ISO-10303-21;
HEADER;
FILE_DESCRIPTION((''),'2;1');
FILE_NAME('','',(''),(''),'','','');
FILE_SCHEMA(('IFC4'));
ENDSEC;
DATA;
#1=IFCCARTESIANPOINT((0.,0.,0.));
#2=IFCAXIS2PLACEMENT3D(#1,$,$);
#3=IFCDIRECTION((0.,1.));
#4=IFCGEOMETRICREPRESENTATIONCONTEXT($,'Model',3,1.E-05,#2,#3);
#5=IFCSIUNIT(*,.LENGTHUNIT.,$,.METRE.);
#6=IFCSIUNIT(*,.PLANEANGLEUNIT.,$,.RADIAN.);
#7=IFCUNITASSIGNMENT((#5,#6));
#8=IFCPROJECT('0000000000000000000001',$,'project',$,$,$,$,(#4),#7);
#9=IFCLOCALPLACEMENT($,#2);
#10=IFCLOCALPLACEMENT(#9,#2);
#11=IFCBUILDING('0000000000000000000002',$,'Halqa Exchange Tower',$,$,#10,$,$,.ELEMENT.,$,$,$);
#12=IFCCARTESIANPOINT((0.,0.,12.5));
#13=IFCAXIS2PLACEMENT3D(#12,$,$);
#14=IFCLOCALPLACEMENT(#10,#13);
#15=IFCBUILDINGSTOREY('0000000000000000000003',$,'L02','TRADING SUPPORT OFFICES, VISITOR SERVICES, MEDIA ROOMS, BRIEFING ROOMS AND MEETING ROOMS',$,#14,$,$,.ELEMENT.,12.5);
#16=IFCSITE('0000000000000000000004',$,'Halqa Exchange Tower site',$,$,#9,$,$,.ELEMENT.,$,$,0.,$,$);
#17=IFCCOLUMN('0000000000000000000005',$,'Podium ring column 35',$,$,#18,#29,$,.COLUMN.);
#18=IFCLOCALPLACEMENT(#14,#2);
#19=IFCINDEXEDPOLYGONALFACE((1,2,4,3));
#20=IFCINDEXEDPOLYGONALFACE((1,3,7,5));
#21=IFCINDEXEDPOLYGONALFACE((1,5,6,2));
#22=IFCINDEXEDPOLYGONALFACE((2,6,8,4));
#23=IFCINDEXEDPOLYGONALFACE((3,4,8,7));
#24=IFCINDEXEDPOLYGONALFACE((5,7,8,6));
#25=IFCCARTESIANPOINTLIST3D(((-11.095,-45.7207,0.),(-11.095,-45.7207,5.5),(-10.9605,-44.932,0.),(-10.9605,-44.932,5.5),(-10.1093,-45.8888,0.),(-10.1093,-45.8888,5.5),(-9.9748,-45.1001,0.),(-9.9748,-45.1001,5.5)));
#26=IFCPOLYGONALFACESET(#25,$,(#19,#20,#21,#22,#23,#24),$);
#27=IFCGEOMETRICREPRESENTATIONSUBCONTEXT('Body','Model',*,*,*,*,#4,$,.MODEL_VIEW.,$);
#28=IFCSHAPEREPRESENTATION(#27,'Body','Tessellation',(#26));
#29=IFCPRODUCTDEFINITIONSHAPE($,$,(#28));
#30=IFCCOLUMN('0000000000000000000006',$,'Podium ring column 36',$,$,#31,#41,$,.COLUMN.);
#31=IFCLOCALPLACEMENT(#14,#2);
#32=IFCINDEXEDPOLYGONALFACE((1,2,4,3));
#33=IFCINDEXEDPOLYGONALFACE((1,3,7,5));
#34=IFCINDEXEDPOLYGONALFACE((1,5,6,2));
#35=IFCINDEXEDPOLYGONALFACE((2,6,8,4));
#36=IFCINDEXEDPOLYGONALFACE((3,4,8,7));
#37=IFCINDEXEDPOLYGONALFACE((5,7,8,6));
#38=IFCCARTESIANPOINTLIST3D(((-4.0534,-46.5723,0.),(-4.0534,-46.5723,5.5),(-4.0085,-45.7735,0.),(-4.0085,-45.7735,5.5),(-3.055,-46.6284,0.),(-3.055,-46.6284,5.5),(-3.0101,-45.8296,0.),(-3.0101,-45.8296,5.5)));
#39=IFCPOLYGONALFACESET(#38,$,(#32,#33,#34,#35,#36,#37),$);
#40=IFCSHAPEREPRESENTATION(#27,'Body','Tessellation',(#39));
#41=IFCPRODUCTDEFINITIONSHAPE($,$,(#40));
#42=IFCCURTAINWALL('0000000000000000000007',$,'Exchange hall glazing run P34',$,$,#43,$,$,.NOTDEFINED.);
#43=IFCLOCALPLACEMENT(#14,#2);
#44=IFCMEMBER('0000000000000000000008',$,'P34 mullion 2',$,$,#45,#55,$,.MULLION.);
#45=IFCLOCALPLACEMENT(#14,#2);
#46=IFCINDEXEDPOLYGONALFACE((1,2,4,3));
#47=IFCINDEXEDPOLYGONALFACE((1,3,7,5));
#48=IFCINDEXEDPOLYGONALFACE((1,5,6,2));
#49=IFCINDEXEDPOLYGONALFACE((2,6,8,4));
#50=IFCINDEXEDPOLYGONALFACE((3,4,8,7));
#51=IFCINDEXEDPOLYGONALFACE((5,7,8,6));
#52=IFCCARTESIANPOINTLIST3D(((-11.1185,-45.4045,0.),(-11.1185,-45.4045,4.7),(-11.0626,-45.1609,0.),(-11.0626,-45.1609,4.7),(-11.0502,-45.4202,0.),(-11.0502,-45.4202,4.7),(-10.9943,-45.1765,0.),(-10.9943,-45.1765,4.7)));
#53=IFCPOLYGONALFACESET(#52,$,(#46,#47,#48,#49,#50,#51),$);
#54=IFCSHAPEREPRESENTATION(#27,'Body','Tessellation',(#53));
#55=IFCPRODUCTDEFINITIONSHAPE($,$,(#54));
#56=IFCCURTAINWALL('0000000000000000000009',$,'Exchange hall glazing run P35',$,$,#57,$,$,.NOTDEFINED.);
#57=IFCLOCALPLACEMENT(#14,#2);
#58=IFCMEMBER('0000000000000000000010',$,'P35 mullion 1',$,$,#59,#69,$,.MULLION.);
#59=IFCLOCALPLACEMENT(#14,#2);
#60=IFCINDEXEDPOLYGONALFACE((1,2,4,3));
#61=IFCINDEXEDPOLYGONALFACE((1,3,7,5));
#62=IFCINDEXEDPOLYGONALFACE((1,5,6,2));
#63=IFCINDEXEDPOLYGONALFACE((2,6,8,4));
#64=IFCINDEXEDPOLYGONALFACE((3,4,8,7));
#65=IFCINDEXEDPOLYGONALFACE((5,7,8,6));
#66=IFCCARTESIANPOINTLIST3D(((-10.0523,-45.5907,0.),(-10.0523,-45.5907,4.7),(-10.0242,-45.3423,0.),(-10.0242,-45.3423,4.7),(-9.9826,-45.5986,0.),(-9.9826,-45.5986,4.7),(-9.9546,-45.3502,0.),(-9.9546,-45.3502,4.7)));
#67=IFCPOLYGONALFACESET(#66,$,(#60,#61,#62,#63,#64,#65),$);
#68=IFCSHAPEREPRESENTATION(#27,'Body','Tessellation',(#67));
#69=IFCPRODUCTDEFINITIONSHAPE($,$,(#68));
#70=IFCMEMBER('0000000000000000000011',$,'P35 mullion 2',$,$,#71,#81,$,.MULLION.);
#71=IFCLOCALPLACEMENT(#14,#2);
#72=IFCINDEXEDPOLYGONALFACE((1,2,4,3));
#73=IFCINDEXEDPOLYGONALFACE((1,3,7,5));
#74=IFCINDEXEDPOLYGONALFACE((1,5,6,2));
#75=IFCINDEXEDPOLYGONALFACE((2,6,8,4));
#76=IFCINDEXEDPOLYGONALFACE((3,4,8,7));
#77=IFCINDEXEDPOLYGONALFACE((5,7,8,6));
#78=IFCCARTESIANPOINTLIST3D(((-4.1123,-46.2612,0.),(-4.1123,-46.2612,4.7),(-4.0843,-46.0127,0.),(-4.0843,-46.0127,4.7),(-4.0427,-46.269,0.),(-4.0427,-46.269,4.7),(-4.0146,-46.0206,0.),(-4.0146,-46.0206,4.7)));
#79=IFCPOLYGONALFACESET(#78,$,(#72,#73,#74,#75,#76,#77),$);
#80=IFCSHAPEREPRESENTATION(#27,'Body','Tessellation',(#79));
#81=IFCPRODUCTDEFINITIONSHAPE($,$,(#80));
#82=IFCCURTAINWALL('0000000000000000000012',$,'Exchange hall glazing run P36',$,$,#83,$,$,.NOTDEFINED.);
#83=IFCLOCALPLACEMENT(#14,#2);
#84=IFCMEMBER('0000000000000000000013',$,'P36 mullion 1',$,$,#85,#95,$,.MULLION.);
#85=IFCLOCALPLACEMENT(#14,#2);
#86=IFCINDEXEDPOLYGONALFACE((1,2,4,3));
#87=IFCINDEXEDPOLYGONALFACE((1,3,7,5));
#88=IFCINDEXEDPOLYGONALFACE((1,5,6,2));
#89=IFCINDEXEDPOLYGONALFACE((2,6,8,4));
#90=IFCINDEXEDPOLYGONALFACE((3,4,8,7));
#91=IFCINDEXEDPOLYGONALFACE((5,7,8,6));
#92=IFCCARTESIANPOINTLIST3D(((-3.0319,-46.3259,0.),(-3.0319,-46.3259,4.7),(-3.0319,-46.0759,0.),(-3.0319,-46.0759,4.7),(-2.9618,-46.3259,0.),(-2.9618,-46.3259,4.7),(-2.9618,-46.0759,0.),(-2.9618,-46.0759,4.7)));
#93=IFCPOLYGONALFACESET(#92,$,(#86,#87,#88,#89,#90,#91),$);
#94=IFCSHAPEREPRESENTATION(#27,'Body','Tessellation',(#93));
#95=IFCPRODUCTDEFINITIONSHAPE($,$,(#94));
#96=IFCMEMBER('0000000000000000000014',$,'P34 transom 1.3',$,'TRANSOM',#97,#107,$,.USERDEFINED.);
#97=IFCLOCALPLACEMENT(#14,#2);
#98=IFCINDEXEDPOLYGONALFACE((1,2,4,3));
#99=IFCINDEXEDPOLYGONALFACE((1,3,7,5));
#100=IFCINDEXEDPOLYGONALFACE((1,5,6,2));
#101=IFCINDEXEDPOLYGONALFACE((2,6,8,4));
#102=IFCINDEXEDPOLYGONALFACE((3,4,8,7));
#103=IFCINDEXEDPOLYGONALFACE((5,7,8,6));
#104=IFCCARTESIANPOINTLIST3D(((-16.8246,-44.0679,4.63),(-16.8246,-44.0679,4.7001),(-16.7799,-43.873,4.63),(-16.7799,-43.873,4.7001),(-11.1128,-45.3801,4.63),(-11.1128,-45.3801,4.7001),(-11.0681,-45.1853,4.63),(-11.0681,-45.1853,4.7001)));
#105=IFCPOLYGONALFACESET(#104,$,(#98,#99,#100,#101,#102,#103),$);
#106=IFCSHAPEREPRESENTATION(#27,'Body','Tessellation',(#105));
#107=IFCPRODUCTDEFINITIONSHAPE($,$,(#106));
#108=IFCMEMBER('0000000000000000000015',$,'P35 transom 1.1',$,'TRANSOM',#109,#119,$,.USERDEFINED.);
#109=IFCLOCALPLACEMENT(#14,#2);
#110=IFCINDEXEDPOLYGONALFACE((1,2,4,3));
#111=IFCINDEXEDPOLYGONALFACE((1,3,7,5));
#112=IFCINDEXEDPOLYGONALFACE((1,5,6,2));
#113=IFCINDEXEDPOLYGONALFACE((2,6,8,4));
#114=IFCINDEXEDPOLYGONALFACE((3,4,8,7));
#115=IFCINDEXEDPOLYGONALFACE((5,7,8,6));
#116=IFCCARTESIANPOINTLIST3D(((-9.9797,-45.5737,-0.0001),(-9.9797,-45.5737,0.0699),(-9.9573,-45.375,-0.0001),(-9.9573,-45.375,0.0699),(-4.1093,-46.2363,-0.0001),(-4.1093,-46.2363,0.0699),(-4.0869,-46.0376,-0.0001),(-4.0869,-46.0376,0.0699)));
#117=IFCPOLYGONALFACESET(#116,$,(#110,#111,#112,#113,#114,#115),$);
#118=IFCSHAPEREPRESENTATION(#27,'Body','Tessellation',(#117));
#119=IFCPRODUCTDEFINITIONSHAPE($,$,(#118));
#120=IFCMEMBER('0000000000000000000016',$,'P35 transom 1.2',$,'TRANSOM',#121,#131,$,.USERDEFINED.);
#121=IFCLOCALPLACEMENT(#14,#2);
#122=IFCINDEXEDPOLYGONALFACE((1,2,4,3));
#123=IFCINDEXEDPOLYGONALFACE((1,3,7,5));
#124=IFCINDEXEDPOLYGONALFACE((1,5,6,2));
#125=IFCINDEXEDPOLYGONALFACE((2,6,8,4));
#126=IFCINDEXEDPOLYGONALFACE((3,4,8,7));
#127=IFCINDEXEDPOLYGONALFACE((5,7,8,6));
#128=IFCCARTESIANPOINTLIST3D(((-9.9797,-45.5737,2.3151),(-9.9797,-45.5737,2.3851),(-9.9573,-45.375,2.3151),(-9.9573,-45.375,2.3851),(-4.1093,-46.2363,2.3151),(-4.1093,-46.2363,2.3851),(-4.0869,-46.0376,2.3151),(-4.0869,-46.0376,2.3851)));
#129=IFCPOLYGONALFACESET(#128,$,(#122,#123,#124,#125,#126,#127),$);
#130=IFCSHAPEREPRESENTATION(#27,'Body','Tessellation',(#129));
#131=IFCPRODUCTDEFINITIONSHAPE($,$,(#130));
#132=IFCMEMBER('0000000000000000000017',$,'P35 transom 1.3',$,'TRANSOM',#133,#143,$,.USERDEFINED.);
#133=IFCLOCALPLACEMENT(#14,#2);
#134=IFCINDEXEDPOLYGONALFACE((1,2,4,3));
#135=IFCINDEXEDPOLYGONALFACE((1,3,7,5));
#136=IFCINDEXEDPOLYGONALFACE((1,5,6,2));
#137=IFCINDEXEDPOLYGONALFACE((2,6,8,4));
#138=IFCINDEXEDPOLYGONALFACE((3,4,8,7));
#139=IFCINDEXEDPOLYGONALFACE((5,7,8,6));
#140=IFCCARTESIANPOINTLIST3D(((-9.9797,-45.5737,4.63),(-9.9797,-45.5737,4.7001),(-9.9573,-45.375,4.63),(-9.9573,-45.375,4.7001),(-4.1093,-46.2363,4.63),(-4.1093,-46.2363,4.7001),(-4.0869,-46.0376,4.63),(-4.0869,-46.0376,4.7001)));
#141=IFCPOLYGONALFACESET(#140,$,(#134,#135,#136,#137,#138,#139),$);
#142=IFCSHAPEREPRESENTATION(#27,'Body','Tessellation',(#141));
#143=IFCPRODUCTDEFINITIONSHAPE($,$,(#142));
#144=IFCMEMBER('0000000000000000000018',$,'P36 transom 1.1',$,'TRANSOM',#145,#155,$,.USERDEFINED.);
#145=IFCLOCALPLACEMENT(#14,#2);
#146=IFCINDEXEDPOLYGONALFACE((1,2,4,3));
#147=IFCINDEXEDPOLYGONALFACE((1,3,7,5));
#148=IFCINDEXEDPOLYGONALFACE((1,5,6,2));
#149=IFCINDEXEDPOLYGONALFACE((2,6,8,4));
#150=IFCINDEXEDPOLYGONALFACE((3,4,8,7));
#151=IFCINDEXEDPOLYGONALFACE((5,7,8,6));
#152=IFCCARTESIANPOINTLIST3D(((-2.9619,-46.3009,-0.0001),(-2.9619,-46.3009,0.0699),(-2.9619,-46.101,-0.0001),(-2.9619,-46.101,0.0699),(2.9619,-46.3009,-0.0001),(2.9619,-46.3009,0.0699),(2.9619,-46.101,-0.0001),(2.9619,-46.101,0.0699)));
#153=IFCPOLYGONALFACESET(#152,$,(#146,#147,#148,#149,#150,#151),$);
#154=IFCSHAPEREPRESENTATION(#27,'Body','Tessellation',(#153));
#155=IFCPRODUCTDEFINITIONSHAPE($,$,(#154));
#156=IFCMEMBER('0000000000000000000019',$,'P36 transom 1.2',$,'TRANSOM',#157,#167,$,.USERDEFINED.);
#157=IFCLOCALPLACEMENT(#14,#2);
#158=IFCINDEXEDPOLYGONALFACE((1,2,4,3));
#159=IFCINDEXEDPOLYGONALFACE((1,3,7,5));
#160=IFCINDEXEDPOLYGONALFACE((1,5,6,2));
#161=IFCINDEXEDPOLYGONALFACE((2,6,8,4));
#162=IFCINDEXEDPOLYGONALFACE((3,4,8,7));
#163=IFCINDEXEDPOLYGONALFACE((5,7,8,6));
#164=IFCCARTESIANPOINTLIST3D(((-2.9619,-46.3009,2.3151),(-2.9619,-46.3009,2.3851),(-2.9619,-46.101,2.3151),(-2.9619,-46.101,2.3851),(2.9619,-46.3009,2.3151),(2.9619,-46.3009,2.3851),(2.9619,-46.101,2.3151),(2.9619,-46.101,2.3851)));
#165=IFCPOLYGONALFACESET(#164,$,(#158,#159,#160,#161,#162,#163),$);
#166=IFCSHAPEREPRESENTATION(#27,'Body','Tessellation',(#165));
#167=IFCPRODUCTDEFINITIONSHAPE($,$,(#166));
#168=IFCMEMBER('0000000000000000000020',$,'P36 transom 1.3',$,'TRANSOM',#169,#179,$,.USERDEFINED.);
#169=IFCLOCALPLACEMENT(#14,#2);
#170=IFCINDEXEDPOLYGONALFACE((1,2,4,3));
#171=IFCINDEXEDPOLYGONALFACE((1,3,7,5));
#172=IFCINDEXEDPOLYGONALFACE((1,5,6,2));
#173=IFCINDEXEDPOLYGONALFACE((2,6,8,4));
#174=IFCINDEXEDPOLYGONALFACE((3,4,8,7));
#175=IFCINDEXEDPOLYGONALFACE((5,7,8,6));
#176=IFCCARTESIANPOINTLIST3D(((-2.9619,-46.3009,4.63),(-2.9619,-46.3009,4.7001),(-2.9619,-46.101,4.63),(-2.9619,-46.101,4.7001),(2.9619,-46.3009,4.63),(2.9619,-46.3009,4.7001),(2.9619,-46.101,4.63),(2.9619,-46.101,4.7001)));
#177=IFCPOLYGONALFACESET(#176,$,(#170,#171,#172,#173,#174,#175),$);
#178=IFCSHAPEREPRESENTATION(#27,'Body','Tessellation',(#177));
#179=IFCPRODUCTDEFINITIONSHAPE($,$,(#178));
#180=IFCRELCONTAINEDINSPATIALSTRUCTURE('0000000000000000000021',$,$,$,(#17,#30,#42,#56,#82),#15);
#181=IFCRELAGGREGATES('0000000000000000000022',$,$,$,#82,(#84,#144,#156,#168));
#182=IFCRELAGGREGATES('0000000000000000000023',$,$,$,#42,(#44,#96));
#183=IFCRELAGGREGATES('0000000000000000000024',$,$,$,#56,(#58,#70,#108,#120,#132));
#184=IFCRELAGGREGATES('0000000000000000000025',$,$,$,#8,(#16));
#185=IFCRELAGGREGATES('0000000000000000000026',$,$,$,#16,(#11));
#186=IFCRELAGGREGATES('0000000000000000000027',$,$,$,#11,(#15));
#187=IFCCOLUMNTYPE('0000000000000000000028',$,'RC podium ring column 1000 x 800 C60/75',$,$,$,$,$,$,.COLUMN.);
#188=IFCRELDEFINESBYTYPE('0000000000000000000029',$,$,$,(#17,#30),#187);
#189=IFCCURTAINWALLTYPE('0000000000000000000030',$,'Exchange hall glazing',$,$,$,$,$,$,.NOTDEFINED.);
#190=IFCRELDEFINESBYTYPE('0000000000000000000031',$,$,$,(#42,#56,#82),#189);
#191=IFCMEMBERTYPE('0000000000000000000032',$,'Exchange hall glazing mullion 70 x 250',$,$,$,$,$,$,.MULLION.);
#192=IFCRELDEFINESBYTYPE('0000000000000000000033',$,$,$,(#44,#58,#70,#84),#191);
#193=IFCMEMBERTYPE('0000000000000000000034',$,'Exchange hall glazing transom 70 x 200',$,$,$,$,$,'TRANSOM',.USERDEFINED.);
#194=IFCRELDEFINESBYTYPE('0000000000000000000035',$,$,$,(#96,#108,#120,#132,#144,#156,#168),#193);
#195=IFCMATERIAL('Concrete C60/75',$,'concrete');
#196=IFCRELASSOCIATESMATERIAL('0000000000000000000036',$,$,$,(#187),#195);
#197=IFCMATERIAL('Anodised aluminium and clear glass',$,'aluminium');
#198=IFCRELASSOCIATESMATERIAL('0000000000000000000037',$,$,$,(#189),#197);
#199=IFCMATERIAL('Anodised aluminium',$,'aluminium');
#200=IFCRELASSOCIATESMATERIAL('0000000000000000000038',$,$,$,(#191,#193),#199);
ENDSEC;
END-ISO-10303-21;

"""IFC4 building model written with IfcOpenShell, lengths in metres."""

from ifc_helpers import new_model, si_unit, direction, frame, origin, origin_2d, place, context, subcontext, project, spatial, rectangle, extrude, material, material_profile, profile_set, type_object, element, aggregate, save


model = new_model("IFC4")

# Units and contexts
model_context = context("Model", 3, precision=1e-05, world=origin(), true_north=direction((0.0, 1.0)))
body_context = subcontext(model_context, "Body", "Model", "MODEL_VIEW")
ifc_project = project(units=[si_unit("LENGTHUNIT", "METRE"), si_unit("PLANEANGLEUNIT", "RADIAN")], contexts=[model_context])

# Site, building, storey
site_placement = place(None, origin())
site = spatial("IfcSite", under=ifc_project, at=site_placement, Name="Halqa Exchange Tower site", CompositionType="ELEMENT", RefElevation=0.0)
building_placement = place(site_placement, origin())
building = spatial("IfcBuilding", under=site, at=building_placement, Name="Halqa Exchange Tower", CompositionType="ELEMENT")
storey_placement = place(building_placement, frame((0.0, 0.0, 12.5)))
storey = spatial("IfcBuildingStorey", under=building, at=storey_placement, Name="L02", Description="TRADING SUPPORT OFFICES, VISITOR SERVICES, MEDIA ROOMS, BRIEFING ROOMS AND MEETING ROOMS", CompositionType="ELEMENT", Elevation=12.5)

# Columns
ifc_material_1 = material(Name="Concrete C60/75", Category="concrete")
ifc_material_profile_1 = material_profile(ifc_material_1, rectangle(XDim=1.0, YDim=0.8, at=origin_2d()), Name="1000 x 800")
ifc_profile_set_1 = profile_set([ifc_material_profile_1], Name="Concrete C60/75")
column_type = type_object("IfcColumnType", Name="RC podium ring column 1000 x 800 C60/75", PredefinedType="COLUMN", material=ifc_profile_set_1)
for number, where, z_axis, x_axis, name in (
    (1, (-10.5349, -45.4104, 0.0), (0.0, 0.0, 1.0), (0.985766, -0.168121, 0.0), "Podium ring column 35"),
    (2, (-3.5317, -46.2009, 0.0), (0.0, 0.0, 1.0), (0.998425, -0.056107, 0.0), "Podium ring column 36"),
):
    element("IfcColumn", number, at=place(storey_placement, frame(where, z_axis=z_axis, x_axis=x_axis)), inside=storey, type_object=column_type, Name=name, PredefinedType="COLUMN", context=body_context, shape_type="SweptSolid", body=[
        extrude(rectangle(XDim=1.0, YDim=0.8, at=origin_2d()), origin(), (0.0, 0.0, 1.0), 5.5),
    ])

# Curtain wall, member
ifc_material_2 = material(Name="Anodised aluminium and clear glass", Category="aluminium")
curtain_wall_type = type_object("IfcCurtainWallType", Name="Exchange hall glazing", PredefinedType="NOTDEFINED", material=ifc_material_2)
curtain_wall_1_placement = place(storey_placement, origin())
curtain_wall_1 = element("IfcCurtainWall", 3, at=curtain_wall_1_placement, inside=storey, type_object=curtain_wall_type, Name="Exchange hall glazing run P34", PredefinedType="NOTDEFINED")
ifc_material_3 = material(Name="Anodised aluminium", Category="aluminium")
ifc_material_profile_2 = material_profile(ifc_material_3, rectangle(XDim=0.25, YDim=0.0701, at=origin_2d()), Name="AL 70x250")
ifc_profile_set_2 = profile_set([ifc_material_profile_2], Name="Anodised aluminium")
member_type_1 = type_object("IfcMemberType", Name="Exchange hall glazing mullion 70 x 250", PredefinedType="MULLION", material=ifc_profile_set_2)
member_1_placement = place(storey_placement, frame((-11.0564, -45.2905, 0.0), z_axis=(0.0, 0.0, 1.0), x_axis=(0.223897, 0.974613, 0.0)))
member_1 = element("IfcMember", 4, at=member_1_placement, type_object=member_type_1, Name="P34 mullion 2", PredefinedType="MULLION", context=body_context, shape_type="SweptSolid", body=[
    extrude(rectangle(XDim=0.25, YDim=0.0701, at=origin_2d()), origin(), (0.0, 0.0, 1.0), 4.7),
])

# Curtain wall, members
curtain_wall_2_placement = place(storey_placement, origin())
curtain_wall_2 = element("IfcCurtainWall", 5, at=curtain_wall_2_placement, inside=storey, type_object=curtain_wall_type, Name="Exchange hall glazing run P35", PredefinedType="NOTDEFINED")
member_2_placement = place(storey_placement, frame((-10.0034, -45.4705, 0.0), z_axis=(0.0, 0.0, 1.0), x_axis=(0.112159, 0.99369, 0.0)))
member_2 = element("IfcMember", 6, at=member_2_placement, type_object=member_type_1, Name="P35 mullion 1", PredefinedType="MULLION", context=body_context, shape_type="SweptSolid", body=[
    extrude(rectangle(XDim=0.25, YDim=0.0701, at=origin_2d()), origin(), (0.0, 0.0, 1.0), 4.7),
])
member_3_placement = place(storey_placement, frame((-4.0635, -46.1409, 0.0), z_axis=(0.0, 0.0, 1.0), x_axis=(0.112159, 0.99369, 0.0)))
member_3 = element("IfcMember", 7, at=member_3_placement, type_object=member_type_1, Name="P35 mullion 2", PredefinedType="MULLION", context=body_context, shape_type="SweptSolid", body=[
    extrude(rectangle(XDim=0.25, YDim=0.0701, at=origin_2d()), origin(), (0.0, 0.0, 1.0), 4.7),
])

# Curtain wall, member
curtain_wall_3_placement = place(storey_placement, origin())
curtain_wall_3 = element("IfcCurtainWall", 8, at=curtain_wall_3_placement, inside=storey, type_object=curtain_wall_type, Name="Exchange hall glazing run P36", PredefinedType="NOTDEFINED")
member_4_placement = place(storey_placement, frame((-2.9968, -46.2009, 0.0), z_axis=(0.0, 0.0, 1.0), x_axis=(0.0, 1.0, 0.0)))
member_4 = element("IfcMember", 9, at=member_4_placement, type_object=member_type_1, Name="P36 mullion 1", PredefinedType="MULLION", context=body_context, shape_type="SweptSolid", body=[
    extrude(rectangle(XDim=0.25, YDim=0.0701, at=origin_2d()), origin(), (0.0, 0.0, 1.0), 4.7),
])

# Members
ifc_material_profile_3 = material_profile(ifc_material_3, rectangle(XDim=0.2, YDim=0.0701, at=origin_2d()), Name="AL 70x200")
ifc_profile_set_3 = profile_set([ifc_material_profile_3], Name="Anodised aluminium")
member_type_2 = type_object("IfcMemberType", Name="Exchange hall glazing transom 70 x 200", ElementType="TRANSOM", PredefinedType="USERDEFINED", material=ifc_profile_set_3)
member_5_placement = place(storey_placement, frame((-16.8022, -43.9705, 4.665), z_axis=(0.97461, -0.223907, 0.0), x_axis=(0.223907, 0.97461, 0.0)))
member_5 = element("IfcMember", 10, at=member_5_placement, type_object=member_type_2, Name="P34 transom 1.3", ObjectType="TRANSOM", PredefinedType="USERDEFINED", context=body_context, shape_type="SweptSolid", body=[
    extrude(rectangle(XDim=0.2, YDim=0.0701, at=origin_2d()), origin(), (0.0, 0.0, 1.0), 5.8606),
])
member_6_placement = place(storey_placement, frame((-9.9685, -45.4744, 0.0349), z_axis=(0.99369, -0.11216, 0.0), x_axis=(0.11216, 0.99369, 0.0)))
member_6 = element("IfcMember", 11, at=member_6_placement, type_object=member_type_2, Name="P35 transom 1.1", ObjectType="TRANSOM", PredefinedType="USERDEFINED", context=body_context, shape_type="SweptSolid", body=[
    extrude(rectangle(XDim=0.2, YDim=0.0701, at=origin_2d()), origin(), (0.0, 0.0, 1.0), 5.9077),
])
member_7_placement = place(storey_placement, frame((-9.9685, -45.4744, 2.3501), z_axis=(0.99369, -0.11216, 0.0), x_axis=(0.11216, 0.99369, 0.0)))
member_7 = element("IfcMember", 12, at=member_7_placement, type_object=member_type_2, Name="P35 transom 1.2", ObjectType="TRANSOM", PredefinedType="USERDEFINED", context=body_context, shape_type="SweptSolid", body=[
    extrude(rectangle(XDim=0.2, YDim=0.0701, at=origin_2d()), origin(), (0.0, 0.0, 1.0), 5.9077),
])
member_8_placement = place(storey_placement, frame((-9.9685, -45.4744, 4.665), z_axis=(0.99369, -0.11216, 0.0), x_axis=(0.11216, 0.99369, 0.0)))
member_8 = element("IfcMember", 13, at=member_8_placement, type_object=member_type_2, Name="P35 transom 1.3", ObjectType="TRANSOM", PredefinedType="USERDEFINED", context=body_context, shape_type="SweptSolid", body=[
    extrude(rectangle(XDim=0.2, YDim=0.0701, at=origin_2d()), origin(), (0.0, 0.0, 1.0), 5.9077),
])
member_9_placement = place(storey_placement, frame((-2.9619, -46.2009, 0.0349), z_axis=(1.0, 0.0, 0.0), x_axis=(0.0, 1.0, 0.0)))
member_9 = element("IfcMember", 14, at=member_9_placement, type_object=member_type_2, Name="P36 transom 1.1", ObjectType="TRANSOM", PredefinedType="USERDEFINED", context=body_context, shape_type="SweptSolid", body=[
    extrude(rectangle(XDim=0.2, YDim=0.0701, at=origin_2d()), origin(), (0.0, 0.0, 1.0), 5.9238),
])
member_10_placement = place(storey_placement, frame((-2.9619, -46.2009, 2.3501), z_axis=(1.0, 0.0, 0.0), x_axis=(0.0, 1.0, 0.0)))
member_10 = element("IfcMember", 15, at=member_10_placement, type_object=member_type_2, Name="P36 transom 1.2", ObjectType="TRANSOM", PredefinedType="USERDEFINED", context=body_context, shape_type="SweptSolid", body=[
    extrude(rectangle(XDim=0.2, YDim=0.0701, at=origin_2d()), origin(), (0.0, 0.0, 1.0), 5.9238),
])
member_11_placement = place(storey_placement, frame((-2.9619, -46.2009, 4.665), z_axis=(1.0, 0.0, 0.0), x_axis=(0.0, 1.0, 0.0)))
member_11 = element("IfcMember", 16, at=member_11_placement, type_object=member_type_2, Name="P36 transom 1.3", ObjectType="TRANSOM", PredefinedType="USERDEFINED", context=body_context, shape_type="SweptSolid", body=[
    extrude(rectangle(XDim=0.2, YDim=0.0701, at=origin_2d()), origin(), (0.0, 0.0, 1.0), 5.9238),
])
aggregate(curtain_wall_3, [member_4, member_9, member_10, member_11])

aggregate(curtain_wall_1, [member_1, member_5])
aggregate(curtain_wall_2, [member_2, member_3, member_6, member_7, member_8])

save(model, "model.ifc")
